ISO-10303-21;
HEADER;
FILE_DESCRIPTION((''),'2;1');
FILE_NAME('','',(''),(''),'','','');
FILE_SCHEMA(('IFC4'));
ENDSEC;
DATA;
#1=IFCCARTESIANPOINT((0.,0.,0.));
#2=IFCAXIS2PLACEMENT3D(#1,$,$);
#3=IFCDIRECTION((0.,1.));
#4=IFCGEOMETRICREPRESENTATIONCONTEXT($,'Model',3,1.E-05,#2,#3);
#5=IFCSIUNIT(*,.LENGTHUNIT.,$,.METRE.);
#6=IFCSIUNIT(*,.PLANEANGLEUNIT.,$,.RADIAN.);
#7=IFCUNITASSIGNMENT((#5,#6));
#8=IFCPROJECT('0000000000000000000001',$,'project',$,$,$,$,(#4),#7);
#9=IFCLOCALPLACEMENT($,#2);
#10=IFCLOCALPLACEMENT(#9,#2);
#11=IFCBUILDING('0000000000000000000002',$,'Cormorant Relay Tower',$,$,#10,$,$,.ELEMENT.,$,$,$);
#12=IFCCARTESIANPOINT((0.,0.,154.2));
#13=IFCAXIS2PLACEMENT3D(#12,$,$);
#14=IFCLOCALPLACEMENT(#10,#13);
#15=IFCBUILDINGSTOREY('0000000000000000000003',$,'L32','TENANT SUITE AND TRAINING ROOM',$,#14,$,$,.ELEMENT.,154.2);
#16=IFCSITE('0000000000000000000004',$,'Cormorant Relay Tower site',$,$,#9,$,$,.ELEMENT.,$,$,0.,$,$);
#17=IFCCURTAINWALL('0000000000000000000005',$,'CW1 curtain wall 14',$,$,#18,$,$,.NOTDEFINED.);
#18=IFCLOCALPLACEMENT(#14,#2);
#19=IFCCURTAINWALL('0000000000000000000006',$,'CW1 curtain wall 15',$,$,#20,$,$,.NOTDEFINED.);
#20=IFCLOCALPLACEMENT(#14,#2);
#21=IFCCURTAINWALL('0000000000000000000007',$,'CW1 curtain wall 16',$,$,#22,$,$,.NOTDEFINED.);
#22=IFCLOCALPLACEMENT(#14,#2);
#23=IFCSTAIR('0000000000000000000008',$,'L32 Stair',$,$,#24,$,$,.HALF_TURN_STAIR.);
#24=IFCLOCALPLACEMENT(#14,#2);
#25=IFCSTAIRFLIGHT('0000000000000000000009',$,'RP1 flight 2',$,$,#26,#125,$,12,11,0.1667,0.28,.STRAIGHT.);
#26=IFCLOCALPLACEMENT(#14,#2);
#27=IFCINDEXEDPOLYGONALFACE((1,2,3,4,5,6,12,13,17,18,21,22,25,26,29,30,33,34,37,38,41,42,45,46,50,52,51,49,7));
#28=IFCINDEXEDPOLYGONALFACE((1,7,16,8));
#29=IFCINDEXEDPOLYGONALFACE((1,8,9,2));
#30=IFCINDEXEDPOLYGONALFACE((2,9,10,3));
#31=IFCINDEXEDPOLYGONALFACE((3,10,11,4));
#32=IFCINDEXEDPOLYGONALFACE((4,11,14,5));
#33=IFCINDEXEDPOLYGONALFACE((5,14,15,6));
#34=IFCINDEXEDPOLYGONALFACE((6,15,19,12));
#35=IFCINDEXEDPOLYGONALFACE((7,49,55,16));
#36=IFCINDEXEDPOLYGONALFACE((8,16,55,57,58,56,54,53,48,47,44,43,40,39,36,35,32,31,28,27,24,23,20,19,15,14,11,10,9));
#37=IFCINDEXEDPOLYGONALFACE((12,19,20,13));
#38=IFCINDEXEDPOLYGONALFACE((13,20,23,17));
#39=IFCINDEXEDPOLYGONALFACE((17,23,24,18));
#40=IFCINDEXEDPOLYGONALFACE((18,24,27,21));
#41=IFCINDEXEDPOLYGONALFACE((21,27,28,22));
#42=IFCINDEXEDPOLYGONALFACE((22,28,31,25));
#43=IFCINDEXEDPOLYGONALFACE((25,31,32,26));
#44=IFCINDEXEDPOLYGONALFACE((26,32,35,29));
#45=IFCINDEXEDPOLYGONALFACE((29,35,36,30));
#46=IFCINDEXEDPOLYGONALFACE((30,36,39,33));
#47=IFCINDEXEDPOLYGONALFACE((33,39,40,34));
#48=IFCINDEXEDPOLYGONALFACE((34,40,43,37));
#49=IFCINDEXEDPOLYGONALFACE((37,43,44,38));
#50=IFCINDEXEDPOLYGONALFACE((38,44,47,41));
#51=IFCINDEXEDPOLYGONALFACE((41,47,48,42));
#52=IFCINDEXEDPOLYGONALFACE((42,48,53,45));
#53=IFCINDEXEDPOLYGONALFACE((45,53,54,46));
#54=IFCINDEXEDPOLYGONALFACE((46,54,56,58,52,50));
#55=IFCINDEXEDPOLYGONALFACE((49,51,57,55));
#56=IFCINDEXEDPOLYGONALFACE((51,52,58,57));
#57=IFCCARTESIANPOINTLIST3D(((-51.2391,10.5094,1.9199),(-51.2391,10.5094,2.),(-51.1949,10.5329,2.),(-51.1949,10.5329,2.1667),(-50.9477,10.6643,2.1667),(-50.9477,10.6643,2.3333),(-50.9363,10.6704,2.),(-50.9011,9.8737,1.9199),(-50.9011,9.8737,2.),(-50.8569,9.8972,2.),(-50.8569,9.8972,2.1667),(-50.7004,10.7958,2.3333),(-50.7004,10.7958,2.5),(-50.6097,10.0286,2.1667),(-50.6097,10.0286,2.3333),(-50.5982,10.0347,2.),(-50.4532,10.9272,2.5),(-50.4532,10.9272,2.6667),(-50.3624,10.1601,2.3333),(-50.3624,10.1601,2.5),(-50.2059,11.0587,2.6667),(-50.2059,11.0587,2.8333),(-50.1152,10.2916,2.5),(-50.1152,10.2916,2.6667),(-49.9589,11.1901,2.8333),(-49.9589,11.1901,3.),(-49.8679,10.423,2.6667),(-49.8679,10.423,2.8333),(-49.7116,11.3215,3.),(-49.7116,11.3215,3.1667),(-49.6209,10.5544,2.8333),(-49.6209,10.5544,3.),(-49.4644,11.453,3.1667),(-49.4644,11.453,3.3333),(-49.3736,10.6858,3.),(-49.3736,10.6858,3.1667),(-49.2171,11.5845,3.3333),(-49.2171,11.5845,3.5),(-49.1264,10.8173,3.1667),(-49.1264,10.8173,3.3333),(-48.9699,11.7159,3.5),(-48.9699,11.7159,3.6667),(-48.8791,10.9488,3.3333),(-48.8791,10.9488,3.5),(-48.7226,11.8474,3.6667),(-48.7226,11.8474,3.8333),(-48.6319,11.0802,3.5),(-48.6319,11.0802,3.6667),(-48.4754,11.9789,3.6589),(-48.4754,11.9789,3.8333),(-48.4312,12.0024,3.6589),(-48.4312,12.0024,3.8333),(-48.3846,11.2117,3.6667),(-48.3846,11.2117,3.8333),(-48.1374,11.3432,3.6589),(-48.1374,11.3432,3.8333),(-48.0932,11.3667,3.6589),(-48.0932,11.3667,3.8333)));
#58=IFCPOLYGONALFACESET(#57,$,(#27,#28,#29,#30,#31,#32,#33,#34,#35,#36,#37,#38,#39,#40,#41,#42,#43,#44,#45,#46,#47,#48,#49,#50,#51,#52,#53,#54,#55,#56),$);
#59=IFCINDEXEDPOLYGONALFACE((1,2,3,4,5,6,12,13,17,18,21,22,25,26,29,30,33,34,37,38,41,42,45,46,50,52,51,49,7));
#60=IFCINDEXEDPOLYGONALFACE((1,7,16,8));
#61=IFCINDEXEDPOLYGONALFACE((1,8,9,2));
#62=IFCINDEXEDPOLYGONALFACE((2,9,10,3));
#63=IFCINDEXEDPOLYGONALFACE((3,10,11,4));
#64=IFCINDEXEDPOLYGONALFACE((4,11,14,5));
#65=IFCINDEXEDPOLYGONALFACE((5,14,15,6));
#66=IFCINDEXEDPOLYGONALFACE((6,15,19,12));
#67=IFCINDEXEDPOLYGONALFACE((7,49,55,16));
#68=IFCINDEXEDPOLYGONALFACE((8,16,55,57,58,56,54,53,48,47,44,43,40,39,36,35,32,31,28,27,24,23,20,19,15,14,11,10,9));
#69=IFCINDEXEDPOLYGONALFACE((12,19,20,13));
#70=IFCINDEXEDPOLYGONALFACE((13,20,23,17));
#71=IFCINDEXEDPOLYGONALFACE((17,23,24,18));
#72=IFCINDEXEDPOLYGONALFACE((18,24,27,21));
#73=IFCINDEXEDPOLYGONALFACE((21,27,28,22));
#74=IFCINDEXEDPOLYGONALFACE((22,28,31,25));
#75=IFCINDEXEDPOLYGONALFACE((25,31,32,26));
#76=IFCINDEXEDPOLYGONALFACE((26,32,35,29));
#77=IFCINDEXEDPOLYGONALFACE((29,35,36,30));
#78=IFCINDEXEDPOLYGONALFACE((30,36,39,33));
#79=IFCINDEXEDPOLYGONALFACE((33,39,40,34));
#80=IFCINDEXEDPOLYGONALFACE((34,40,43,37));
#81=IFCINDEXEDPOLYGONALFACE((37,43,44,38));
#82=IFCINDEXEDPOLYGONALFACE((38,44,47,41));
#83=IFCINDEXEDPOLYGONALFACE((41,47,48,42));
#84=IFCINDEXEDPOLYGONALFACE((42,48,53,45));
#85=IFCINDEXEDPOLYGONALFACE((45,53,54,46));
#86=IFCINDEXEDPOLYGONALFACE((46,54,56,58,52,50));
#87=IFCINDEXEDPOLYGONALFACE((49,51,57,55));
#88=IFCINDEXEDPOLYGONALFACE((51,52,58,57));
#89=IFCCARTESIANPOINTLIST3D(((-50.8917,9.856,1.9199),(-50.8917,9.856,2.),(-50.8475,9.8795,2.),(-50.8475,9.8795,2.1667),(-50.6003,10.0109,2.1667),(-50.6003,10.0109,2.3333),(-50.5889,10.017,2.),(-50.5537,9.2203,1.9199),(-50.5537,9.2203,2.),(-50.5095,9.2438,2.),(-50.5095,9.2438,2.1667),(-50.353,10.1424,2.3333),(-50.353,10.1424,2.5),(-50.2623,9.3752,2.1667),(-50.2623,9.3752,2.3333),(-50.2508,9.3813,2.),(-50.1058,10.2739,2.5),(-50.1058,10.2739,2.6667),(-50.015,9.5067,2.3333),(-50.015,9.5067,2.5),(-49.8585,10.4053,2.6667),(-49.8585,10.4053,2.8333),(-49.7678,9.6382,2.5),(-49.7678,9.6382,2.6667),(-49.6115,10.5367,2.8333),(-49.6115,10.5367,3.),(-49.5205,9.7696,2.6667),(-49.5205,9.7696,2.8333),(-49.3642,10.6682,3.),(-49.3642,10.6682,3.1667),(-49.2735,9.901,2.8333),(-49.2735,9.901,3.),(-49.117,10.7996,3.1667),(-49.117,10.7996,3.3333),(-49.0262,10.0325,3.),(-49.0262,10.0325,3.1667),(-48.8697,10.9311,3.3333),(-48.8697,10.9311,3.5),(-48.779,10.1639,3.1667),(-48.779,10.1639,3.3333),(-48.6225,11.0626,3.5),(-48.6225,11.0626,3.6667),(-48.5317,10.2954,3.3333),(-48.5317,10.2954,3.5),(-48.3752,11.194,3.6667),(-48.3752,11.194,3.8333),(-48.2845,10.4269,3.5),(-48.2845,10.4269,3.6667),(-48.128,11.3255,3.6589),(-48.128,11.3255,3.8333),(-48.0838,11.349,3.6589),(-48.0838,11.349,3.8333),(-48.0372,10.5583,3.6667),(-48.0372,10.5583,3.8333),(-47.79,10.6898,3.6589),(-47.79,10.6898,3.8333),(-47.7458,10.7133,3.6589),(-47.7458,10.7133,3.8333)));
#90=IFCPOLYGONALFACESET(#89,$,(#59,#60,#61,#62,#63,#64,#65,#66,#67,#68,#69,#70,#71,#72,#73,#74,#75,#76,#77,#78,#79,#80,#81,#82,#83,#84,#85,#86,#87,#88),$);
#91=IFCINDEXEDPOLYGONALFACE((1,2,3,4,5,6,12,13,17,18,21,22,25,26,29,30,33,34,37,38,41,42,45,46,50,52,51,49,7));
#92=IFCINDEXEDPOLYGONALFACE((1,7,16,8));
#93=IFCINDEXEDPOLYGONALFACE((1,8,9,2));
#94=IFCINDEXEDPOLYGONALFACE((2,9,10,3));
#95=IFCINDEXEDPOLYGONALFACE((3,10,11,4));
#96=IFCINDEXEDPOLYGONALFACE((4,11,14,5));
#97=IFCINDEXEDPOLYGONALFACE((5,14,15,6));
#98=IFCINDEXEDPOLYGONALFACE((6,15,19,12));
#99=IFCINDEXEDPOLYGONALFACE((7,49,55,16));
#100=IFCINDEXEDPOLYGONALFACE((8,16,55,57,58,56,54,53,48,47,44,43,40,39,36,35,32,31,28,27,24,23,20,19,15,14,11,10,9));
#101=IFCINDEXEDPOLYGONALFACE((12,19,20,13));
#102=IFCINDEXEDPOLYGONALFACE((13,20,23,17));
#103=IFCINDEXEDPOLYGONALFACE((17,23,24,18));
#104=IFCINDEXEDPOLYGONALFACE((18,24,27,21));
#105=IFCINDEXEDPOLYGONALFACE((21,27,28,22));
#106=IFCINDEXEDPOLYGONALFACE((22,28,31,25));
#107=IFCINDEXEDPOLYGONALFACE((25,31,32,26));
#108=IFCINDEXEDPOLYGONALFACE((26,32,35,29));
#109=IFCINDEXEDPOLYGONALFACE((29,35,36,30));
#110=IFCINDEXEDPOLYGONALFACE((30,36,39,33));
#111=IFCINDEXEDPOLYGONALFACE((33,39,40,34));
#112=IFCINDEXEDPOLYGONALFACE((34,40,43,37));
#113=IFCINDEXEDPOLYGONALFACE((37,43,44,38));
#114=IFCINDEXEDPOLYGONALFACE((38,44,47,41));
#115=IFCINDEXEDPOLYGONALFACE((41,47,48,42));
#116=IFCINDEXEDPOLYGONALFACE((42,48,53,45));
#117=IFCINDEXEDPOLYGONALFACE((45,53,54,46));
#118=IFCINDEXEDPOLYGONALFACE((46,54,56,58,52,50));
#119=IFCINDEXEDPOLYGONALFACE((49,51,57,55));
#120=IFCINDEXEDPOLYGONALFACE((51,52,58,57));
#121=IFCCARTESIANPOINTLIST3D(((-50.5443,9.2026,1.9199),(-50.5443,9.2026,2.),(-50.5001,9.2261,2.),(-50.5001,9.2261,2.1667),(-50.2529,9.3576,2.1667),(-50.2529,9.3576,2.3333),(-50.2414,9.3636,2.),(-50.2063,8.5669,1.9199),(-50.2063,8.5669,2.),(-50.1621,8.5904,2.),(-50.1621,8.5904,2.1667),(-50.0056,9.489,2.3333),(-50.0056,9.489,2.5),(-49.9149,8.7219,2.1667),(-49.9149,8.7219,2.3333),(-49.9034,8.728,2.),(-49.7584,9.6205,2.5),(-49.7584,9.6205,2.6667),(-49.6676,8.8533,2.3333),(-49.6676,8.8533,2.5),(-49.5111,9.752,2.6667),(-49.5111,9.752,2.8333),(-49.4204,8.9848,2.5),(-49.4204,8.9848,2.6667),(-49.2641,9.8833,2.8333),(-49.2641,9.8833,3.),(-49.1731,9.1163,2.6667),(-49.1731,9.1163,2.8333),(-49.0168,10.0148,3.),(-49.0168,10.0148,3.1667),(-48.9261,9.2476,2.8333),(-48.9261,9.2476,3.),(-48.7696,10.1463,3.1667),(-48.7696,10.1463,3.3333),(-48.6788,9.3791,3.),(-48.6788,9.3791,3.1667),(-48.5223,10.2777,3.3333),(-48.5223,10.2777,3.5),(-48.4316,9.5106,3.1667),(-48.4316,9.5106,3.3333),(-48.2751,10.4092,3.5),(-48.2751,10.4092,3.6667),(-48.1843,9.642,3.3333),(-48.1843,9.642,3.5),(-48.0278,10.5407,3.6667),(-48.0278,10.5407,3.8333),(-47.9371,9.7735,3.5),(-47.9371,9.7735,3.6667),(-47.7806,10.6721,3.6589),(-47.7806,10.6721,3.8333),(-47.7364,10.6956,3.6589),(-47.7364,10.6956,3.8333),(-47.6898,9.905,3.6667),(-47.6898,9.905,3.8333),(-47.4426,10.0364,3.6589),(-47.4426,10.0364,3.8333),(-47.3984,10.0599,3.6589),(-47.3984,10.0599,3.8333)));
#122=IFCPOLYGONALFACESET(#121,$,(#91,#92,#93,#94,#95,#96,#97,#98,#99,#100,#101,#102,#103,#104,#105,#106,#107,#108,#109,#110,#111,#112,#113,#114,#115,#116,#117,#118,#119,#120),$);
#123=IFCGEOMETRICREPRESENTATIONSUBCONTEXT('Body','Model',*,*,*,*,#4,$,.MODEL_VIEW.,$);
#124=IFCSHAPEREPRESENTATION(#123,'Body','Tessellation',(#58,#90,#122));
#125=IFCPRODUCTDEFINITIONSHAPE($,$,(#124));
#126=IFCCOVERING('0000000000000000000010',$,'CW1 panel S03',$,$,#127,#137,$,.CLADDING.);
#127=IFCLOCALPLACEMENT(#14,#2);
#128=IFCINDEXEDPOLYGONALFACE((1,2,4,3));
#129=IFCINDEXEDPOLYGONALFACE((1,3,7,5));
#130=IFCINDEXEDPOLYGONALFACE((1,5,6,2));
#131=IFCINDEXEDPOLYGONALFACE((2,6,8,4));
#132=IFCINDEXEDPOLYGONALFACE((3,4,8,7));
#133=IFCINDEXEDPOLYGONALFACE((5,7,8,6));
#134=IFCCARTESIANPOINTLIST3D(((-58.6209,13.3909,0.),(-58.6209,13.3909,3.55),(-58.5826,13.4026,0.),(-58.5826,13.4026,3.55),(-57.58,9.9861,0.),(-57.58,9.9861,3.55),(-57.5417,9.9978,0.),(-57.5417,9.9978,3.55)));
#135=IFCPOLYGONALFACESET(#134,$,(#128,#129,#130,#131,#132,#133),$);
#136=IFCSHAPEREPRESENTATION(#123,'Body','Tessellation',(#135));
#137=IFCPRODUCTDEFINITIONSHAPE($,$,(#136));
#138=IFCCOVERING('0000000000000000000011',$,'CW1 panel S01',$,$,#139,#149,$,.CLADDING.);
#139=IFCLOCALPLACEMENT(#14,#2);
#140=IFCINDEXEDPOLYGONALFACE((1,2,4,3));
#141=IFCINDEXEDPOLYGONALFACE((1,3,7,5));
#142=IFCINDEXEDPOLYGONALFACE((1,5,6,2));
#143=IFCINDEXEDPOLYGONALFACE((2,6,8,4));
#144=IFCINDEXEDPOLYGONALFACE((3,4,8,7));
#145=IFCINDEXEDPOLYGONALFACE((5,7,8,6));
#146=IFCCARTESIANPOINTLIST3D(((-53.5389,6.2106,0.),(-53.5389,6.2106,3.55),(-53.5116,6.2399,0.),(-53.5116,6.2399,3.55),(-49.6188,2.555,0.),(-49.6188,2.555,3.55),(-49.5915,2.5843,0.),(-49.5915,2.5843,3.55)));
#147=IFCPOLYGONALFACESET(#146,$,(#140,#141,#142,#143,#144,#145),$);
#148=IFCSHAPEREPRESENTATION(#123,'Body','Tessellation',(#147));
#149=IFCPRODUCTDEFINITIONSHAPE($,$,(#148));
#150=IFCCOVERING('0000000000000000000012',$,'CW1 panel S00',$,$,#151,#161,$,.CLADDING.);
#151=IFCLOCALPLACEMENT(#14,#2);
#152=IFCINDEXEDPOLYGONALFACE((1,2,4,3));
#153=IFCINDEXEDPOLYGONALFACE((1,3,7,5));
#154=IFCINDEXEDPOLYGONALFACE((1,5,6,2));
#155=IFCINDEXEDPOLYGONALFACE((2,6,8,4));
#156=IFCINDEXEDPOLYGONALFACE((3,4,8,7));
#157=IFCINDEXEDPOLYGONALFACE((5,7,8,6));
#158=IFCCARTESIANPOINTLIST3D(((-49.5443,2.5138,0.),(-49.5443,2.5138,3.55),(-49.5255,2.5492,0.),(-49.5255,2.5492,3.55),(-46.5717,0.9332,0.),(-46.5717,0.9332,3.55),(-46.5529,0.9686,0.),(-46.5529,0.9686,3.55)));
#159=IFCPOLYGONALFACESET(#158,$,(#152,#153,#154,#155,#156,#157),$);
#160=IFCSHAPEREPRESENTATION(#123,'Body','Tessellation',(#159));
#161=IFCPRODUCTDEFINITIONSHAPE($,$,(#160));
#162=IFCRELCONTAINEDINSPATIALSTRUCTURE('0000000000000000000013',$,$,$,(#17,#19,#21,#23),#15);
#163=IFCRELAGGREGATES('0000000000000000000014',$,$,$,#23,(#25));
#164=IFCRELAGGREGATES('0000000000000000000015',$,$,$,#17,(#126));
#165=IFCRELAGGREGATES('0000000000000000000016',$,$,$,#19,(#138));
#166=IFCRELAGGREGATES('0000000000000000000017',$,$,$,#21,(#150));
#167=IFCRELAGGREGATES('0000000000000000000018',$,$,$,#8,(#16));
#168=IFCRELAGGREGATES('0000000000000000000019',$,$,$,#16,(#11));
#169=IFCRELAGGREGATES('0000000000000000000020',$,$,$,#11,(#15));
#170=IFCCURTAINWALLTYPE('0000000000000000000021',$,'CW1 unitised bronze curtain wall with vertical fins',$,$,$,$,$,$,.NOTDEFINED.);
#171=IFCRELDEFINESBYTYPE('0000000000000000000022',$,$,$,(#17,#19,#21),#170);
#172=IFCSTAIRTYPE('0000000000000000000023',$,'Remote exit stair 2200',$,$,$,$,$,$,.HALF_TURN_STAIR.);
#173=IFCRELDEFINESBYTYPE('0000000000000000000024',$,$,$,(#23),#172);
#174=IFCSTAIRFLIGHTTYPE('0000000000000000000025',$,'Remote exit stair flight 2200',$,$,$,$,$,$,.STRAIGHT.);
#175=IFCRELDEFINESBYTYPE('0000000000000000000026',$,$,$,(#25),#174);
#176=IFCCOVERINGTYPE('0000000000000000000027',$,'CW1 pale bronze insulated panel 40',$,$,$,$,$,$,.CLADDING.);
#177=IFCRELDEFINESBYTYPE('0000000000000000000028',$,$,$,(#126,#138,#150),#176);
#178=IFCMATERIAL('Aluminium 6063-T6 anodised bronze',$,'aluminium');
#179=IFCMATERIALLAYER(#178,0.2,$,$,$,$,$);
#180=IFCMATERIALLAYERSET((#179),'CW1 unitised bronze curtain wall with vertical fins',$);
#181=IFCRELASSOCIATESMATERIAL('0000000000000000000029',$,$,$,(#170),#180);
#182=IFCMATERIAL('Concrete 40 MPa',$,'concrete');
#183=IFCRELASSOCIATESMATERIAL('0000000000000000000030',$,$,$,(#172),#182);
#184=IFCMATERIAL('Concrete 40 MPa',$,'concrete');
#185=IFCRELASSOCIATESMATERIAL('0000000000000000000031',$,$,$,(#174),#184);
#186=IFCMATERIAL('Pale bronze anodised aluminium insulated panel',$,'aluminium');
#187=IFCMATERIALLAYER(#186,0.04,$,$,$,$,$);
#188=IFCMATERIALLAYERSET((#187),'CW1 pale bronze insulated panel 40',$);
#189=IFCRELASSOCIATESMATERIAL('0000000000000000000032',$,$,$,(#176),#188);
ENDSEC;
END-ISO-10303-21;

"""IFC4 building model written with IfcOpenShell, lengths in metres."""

from ifc_helpers import new_model, si_unit, direction, frame, origin, origin_2d, place, context, subcontext, project, spatial, polyline, rectangle, outline, extrude, material, layer, layer_set, type_object, element, aggregate, save


model = new_model("IFC4")

# Units and contexts
model_context = context("Model", 3, precision=1e-05, world=origin(), true_north=direction((0.0, 1.0)))
body_context = subcontext(model_context, "Body", "Model", "MODEL_VIEW")
ifc_project = project(units=[si_unit("LENGTHUNIT", "METRE"), si_unit("PLANEANGLEUNIT", "RADIAN")], contexts=[model_context])

# Site, building, storey
site_placement = place(None, origin())
site = spatial("IfcSite", under=ifc_project, at=site_placement, Name="Cormorant Relay Tower site", CompositionType="ELEMENT", RefElevation=0.0)
building_placement = place(site_placement, origin())
building = spatial("IfcBuilding", under=site, at=building_placement, Name="Cormorant Relay Tower", CompositionType="ELEMENT")
storey_placement = place(building_placement, frame((0.0, 0.0, 154.2)))
storey = spatial("IfcBuildingStorey", under=building, at=storey_placement, Name="L32", Description="TENANT SUITE AND TRAINING ROOM", CompositionType="ELEMENT", Elevation=154.2)

# Curtain wall
ifc_material_1 = material(Name="Aluminium 6063-T6 anodised bronze", Category="aluminium")
ifc_layer_1 = layer(ifc_material_1, 0.2)
ifc_layer_set_1 = layer_set([ifc_layer_1], Name="CW1 unitised bronze curtain wall with vertical fins")
curtain_wall_type = type_object("IfcCurtainWallType", Name="CW1 unitised bronze curtain wall with vertical fins", PredefinedType="NOTDEFINED", material=ifc_layer_set_1)
curtain_wall_1_placement = place(storey_placement, origin())
curtain_wall_1 = element("IfcCurtainWall", 1, at=curtain_wall_1_placement, inside=storey, type_object=curtain_wall_type, Name="CW1 curtain wall 14", PredefinedType="NOTDEFINED")

# Curtain wall
curtain_wall_2_placement = place(storey_placement, origin())
curtain_wall_2 = element("IfcCurtainWall", 2, at=curtain_wall_2_placement, inside=storey, type_object=curtain_wall_type, Name="CW1 curtain wall 15", PredefinedType="NOTDEFINED")

# Curtain wall
curtain_wall_3_placement = place(storey_placement, origin())
curtain_wall_3 = element("IfcCurtainWall", 3, at=curtain_wall_3_placement, inside=storey, type_object=curtain_wall_type, Name="CW1 curtain wall 16", PredefinedType="NOTDEFINED")

# Stair, stair flight
ifc_material_2 = material(Name="Concrete 40 MPa", Category="concrete")
stair_type = type_object("IfcStairType", Name="Remote exit stair 2200", PredefinedType="HALF_TURN_STAIR", material=ifc_material_2)
stair_placement = place(storey_placement, origin())
stair = element("IfcStair", 4, at=stair_placement, inside=storey, type_object=stair_type, Name="L32 Stair", PredefinedType="HALF_TURN_STAIR")
ifc_material_3 = material(Name="Concrete 40 MPa", Category="concrete")
stair_flight_type = type_object("IfcStairFlightType", Name="Remote exit stair flight 2200", PredefinedType="STRAIGHT", material=ifc_material_3)
stair_flight_1_placement = place(storey_placement, frame((-50.6785, 9.5615, 2.0), z_axis=(0.0, 0.0, 1.0), x_axis=(0.882948, 0.469472, 0.0)))
stair_flight_1 = element("IfcStairFlight", 5, at=stair_flight_1_placement, type_object=stair_flight_type, Name="RP1 flight 2", NumberOfRisers=12, NumberOfTreads=11, PredefinedType="STRAIGHT", RiserHeight=0.1667, TreadLength=0.28, context=body_context, shape_type="SweptSolid", body=[
    extrude(outline(polyline([(-0.05, -0.0801), (-0.05, 0.0), (0.0, 0.0), (0.0, 0.1667), (0.28, 0.1667), (0.28, 0.3333), (0.5601, 0.3333), (0.5601, 0.5), (0.8401, 0.5), (0.8401, 0.6667), (1.1201, 0.6667), (1.1201, 0.8333), (1.3999, 0.8333), (1.3999, 1.0), (1.6799, 1.0), (1.6799, 1.1667), (1.96, 1.1667), (1.96, 1.3333), (2.24, 1.3333), (2.24, 1.5), (2.52, 1.5), (2.52, 1.6667), (2.8, 1.6667), (2.8, 1.8333), (3.0801, 1.8333), (3.1301, 1.8333), (3.1301, 1.6589), (3.0801, 1.6589), (0.293, 0.0), (-0.05, -0.0801)])), frame((0.0, 1.1001, 0.0), z_axis=(0.0, -1.0, 0.0), x_axis=(1.0, 0.0, 0.0)), (0.0, 0.0, 1.0), 0.72),
    extrude(outline(polyline([(-0.05, -0.0801), (-0.05, 0.0), (0.0, 0.0), (0.0, 0.1667), (0.28, 0.1667), (0.28, 0.3333), (0.5601, 0.3333), (0.5601, 0.5), (0.8401, 0.5), (0.8401, 0.6667), (1.1201, 0.6667), (1.1201, 0.8333), (1.3999, 0.8333), (1.3999, 1.0), (1.6799, 1.0), (1.6799, 1.1667), (1.96, 1.1667), (1.96, 1.3333), (2.24, 1.3333), (2.24, 1.5), (2.52, 1.5), (2.52, 1.6667), (2.8, 1.6667), (2.8, 1.8333), (3.0801, 1.8333), (3.1301, 1.8333), (3.1301, 1.6589), (3.0801, 1.6589), (0.293, 0.0), (-0.05, -0.0801)])), frame((0.0, 0.3601, 0.0), z_axis=(0.0, -1.0, 0.0), x_axis=(1.0, 0.0, 0.0)), (0.0, 0.0, 1.0), 0.72),
    extrude(outline(polyline([(-0.05, -0.0801), (-0.05, 0.0), (0.0, 0.0), (0.0, 0.1667), (0.28, 0.1667), (0.28, 0.3333), (0.5601, 0.3333), (0.5601, 0.5), (0.8401, 0.5), (0.8401, 0.6667), (1.1201, 0.6667), (1.1201, 0.8333), (1.3999, 0.8333), (1.3999, 1.0), (1.6799, 1.0), (1.6799, 1.1667), (1.96, 1.1667), (1.96, 1.3333), (2.24, 1.3333), (2.24, 1.5), (2.52, 1.5), (2.52, 1.6667), (2.8, 1.6667), (2.8, 1.8333), (3.0801, 1.8333), (3.1301, 1.8333), (3.1301, 1.6589), (3.0801, 1.6589), (0.293, 0.0), (-0.05, -0.0801)])), frame((0.0, -0.3799, 0.0), z_axis=(0.0, -1.0, 0.0), x_axis=(1.0, 0.0, 0.0)), (0.0, 0.0, 1.0), 0.72),
])
aggregate(stair, [stair_flight_1])

# Coverings
ifc_material_4 = material(Name="Pale bronze anodised aluminium insulated panel", Category="aluminium")
ifc_layer_2 = layer(ifc_material_4, 0.04)
ifc_layer_set_2 = layer_set([ifc_layer_2], Name="CW1 pale bronze insulated panel 40")
covering_type = type_object("IfcCoveringType", Name="CW1 pale bronze insulated panel 40", PredefinedType="CLADDING", material=ifc_layer_set_2)
covering_1_placement = place(storey_placement, frame((-58.0813, 11.6943, 0.0), z_axis=(0.0, 0.0, 1.0), x_axis=(0.292372, -0.956305, 0.0)))
covering_1 = element("IfcCovering", 6, at=covering_1_placement, type_object=covering_type, Name="CW1 panel S03", PredefinedType="CLADDING", context=body_context, shape_type="SweptSolid", body=[
    extrude(rectangle(XDim=3.5603, YDim=0.04, at=origin_2d()), origin(), (0.0, 0.0, 1.0), 3.55),
])
aggregate(curtain_wall_1, [covering_1])
covering_2_placement = place(storey_placement, frame((-51.5652, 4.3975, 0.0), z_axis=(0.0, 0.0, 1.0), x_axis=(0.731354, -0.681998, 0.0)))
covering_2 = element("IfcCovering", 7, at=covering_2_placement, type_object=covering_type, Name="CW1 panel S01", PredefinedType="CLADDING", context=body_context, shape_type="SweptSolid", body=[
    extrude(rectangle(XDim=5.3601, YDim=0.04, at=origin_2d()), origin(), (0.0, 0.0, 1.0), 3.55),
])
aggregate(curtain_wall_2, [covering_2])
covering_3_placement = place(storey_placement, frame((-48.0486, 1.7412, 0.0), z_axis=(0.0, 0.0, 1.0), x_axis=(0.882948, -0.469472, 0.0)))
covering_3 = element("IfcCovering", 8, at=covering_3_placement, type_object=covering_type, Name="CW1 panel S00", PredefinedType="CLADDING", context=body_context, shape_type="SweptSolid", body=[
    extrude(rectangle(XDim=3.3667, YDim=0.04, at=origin_2d()), origin(), (0.0, 0.0, 1.0), 3.55),
])
aggregate(curtain_wall_3, [covering_3])

save(model, "model.ifc")
